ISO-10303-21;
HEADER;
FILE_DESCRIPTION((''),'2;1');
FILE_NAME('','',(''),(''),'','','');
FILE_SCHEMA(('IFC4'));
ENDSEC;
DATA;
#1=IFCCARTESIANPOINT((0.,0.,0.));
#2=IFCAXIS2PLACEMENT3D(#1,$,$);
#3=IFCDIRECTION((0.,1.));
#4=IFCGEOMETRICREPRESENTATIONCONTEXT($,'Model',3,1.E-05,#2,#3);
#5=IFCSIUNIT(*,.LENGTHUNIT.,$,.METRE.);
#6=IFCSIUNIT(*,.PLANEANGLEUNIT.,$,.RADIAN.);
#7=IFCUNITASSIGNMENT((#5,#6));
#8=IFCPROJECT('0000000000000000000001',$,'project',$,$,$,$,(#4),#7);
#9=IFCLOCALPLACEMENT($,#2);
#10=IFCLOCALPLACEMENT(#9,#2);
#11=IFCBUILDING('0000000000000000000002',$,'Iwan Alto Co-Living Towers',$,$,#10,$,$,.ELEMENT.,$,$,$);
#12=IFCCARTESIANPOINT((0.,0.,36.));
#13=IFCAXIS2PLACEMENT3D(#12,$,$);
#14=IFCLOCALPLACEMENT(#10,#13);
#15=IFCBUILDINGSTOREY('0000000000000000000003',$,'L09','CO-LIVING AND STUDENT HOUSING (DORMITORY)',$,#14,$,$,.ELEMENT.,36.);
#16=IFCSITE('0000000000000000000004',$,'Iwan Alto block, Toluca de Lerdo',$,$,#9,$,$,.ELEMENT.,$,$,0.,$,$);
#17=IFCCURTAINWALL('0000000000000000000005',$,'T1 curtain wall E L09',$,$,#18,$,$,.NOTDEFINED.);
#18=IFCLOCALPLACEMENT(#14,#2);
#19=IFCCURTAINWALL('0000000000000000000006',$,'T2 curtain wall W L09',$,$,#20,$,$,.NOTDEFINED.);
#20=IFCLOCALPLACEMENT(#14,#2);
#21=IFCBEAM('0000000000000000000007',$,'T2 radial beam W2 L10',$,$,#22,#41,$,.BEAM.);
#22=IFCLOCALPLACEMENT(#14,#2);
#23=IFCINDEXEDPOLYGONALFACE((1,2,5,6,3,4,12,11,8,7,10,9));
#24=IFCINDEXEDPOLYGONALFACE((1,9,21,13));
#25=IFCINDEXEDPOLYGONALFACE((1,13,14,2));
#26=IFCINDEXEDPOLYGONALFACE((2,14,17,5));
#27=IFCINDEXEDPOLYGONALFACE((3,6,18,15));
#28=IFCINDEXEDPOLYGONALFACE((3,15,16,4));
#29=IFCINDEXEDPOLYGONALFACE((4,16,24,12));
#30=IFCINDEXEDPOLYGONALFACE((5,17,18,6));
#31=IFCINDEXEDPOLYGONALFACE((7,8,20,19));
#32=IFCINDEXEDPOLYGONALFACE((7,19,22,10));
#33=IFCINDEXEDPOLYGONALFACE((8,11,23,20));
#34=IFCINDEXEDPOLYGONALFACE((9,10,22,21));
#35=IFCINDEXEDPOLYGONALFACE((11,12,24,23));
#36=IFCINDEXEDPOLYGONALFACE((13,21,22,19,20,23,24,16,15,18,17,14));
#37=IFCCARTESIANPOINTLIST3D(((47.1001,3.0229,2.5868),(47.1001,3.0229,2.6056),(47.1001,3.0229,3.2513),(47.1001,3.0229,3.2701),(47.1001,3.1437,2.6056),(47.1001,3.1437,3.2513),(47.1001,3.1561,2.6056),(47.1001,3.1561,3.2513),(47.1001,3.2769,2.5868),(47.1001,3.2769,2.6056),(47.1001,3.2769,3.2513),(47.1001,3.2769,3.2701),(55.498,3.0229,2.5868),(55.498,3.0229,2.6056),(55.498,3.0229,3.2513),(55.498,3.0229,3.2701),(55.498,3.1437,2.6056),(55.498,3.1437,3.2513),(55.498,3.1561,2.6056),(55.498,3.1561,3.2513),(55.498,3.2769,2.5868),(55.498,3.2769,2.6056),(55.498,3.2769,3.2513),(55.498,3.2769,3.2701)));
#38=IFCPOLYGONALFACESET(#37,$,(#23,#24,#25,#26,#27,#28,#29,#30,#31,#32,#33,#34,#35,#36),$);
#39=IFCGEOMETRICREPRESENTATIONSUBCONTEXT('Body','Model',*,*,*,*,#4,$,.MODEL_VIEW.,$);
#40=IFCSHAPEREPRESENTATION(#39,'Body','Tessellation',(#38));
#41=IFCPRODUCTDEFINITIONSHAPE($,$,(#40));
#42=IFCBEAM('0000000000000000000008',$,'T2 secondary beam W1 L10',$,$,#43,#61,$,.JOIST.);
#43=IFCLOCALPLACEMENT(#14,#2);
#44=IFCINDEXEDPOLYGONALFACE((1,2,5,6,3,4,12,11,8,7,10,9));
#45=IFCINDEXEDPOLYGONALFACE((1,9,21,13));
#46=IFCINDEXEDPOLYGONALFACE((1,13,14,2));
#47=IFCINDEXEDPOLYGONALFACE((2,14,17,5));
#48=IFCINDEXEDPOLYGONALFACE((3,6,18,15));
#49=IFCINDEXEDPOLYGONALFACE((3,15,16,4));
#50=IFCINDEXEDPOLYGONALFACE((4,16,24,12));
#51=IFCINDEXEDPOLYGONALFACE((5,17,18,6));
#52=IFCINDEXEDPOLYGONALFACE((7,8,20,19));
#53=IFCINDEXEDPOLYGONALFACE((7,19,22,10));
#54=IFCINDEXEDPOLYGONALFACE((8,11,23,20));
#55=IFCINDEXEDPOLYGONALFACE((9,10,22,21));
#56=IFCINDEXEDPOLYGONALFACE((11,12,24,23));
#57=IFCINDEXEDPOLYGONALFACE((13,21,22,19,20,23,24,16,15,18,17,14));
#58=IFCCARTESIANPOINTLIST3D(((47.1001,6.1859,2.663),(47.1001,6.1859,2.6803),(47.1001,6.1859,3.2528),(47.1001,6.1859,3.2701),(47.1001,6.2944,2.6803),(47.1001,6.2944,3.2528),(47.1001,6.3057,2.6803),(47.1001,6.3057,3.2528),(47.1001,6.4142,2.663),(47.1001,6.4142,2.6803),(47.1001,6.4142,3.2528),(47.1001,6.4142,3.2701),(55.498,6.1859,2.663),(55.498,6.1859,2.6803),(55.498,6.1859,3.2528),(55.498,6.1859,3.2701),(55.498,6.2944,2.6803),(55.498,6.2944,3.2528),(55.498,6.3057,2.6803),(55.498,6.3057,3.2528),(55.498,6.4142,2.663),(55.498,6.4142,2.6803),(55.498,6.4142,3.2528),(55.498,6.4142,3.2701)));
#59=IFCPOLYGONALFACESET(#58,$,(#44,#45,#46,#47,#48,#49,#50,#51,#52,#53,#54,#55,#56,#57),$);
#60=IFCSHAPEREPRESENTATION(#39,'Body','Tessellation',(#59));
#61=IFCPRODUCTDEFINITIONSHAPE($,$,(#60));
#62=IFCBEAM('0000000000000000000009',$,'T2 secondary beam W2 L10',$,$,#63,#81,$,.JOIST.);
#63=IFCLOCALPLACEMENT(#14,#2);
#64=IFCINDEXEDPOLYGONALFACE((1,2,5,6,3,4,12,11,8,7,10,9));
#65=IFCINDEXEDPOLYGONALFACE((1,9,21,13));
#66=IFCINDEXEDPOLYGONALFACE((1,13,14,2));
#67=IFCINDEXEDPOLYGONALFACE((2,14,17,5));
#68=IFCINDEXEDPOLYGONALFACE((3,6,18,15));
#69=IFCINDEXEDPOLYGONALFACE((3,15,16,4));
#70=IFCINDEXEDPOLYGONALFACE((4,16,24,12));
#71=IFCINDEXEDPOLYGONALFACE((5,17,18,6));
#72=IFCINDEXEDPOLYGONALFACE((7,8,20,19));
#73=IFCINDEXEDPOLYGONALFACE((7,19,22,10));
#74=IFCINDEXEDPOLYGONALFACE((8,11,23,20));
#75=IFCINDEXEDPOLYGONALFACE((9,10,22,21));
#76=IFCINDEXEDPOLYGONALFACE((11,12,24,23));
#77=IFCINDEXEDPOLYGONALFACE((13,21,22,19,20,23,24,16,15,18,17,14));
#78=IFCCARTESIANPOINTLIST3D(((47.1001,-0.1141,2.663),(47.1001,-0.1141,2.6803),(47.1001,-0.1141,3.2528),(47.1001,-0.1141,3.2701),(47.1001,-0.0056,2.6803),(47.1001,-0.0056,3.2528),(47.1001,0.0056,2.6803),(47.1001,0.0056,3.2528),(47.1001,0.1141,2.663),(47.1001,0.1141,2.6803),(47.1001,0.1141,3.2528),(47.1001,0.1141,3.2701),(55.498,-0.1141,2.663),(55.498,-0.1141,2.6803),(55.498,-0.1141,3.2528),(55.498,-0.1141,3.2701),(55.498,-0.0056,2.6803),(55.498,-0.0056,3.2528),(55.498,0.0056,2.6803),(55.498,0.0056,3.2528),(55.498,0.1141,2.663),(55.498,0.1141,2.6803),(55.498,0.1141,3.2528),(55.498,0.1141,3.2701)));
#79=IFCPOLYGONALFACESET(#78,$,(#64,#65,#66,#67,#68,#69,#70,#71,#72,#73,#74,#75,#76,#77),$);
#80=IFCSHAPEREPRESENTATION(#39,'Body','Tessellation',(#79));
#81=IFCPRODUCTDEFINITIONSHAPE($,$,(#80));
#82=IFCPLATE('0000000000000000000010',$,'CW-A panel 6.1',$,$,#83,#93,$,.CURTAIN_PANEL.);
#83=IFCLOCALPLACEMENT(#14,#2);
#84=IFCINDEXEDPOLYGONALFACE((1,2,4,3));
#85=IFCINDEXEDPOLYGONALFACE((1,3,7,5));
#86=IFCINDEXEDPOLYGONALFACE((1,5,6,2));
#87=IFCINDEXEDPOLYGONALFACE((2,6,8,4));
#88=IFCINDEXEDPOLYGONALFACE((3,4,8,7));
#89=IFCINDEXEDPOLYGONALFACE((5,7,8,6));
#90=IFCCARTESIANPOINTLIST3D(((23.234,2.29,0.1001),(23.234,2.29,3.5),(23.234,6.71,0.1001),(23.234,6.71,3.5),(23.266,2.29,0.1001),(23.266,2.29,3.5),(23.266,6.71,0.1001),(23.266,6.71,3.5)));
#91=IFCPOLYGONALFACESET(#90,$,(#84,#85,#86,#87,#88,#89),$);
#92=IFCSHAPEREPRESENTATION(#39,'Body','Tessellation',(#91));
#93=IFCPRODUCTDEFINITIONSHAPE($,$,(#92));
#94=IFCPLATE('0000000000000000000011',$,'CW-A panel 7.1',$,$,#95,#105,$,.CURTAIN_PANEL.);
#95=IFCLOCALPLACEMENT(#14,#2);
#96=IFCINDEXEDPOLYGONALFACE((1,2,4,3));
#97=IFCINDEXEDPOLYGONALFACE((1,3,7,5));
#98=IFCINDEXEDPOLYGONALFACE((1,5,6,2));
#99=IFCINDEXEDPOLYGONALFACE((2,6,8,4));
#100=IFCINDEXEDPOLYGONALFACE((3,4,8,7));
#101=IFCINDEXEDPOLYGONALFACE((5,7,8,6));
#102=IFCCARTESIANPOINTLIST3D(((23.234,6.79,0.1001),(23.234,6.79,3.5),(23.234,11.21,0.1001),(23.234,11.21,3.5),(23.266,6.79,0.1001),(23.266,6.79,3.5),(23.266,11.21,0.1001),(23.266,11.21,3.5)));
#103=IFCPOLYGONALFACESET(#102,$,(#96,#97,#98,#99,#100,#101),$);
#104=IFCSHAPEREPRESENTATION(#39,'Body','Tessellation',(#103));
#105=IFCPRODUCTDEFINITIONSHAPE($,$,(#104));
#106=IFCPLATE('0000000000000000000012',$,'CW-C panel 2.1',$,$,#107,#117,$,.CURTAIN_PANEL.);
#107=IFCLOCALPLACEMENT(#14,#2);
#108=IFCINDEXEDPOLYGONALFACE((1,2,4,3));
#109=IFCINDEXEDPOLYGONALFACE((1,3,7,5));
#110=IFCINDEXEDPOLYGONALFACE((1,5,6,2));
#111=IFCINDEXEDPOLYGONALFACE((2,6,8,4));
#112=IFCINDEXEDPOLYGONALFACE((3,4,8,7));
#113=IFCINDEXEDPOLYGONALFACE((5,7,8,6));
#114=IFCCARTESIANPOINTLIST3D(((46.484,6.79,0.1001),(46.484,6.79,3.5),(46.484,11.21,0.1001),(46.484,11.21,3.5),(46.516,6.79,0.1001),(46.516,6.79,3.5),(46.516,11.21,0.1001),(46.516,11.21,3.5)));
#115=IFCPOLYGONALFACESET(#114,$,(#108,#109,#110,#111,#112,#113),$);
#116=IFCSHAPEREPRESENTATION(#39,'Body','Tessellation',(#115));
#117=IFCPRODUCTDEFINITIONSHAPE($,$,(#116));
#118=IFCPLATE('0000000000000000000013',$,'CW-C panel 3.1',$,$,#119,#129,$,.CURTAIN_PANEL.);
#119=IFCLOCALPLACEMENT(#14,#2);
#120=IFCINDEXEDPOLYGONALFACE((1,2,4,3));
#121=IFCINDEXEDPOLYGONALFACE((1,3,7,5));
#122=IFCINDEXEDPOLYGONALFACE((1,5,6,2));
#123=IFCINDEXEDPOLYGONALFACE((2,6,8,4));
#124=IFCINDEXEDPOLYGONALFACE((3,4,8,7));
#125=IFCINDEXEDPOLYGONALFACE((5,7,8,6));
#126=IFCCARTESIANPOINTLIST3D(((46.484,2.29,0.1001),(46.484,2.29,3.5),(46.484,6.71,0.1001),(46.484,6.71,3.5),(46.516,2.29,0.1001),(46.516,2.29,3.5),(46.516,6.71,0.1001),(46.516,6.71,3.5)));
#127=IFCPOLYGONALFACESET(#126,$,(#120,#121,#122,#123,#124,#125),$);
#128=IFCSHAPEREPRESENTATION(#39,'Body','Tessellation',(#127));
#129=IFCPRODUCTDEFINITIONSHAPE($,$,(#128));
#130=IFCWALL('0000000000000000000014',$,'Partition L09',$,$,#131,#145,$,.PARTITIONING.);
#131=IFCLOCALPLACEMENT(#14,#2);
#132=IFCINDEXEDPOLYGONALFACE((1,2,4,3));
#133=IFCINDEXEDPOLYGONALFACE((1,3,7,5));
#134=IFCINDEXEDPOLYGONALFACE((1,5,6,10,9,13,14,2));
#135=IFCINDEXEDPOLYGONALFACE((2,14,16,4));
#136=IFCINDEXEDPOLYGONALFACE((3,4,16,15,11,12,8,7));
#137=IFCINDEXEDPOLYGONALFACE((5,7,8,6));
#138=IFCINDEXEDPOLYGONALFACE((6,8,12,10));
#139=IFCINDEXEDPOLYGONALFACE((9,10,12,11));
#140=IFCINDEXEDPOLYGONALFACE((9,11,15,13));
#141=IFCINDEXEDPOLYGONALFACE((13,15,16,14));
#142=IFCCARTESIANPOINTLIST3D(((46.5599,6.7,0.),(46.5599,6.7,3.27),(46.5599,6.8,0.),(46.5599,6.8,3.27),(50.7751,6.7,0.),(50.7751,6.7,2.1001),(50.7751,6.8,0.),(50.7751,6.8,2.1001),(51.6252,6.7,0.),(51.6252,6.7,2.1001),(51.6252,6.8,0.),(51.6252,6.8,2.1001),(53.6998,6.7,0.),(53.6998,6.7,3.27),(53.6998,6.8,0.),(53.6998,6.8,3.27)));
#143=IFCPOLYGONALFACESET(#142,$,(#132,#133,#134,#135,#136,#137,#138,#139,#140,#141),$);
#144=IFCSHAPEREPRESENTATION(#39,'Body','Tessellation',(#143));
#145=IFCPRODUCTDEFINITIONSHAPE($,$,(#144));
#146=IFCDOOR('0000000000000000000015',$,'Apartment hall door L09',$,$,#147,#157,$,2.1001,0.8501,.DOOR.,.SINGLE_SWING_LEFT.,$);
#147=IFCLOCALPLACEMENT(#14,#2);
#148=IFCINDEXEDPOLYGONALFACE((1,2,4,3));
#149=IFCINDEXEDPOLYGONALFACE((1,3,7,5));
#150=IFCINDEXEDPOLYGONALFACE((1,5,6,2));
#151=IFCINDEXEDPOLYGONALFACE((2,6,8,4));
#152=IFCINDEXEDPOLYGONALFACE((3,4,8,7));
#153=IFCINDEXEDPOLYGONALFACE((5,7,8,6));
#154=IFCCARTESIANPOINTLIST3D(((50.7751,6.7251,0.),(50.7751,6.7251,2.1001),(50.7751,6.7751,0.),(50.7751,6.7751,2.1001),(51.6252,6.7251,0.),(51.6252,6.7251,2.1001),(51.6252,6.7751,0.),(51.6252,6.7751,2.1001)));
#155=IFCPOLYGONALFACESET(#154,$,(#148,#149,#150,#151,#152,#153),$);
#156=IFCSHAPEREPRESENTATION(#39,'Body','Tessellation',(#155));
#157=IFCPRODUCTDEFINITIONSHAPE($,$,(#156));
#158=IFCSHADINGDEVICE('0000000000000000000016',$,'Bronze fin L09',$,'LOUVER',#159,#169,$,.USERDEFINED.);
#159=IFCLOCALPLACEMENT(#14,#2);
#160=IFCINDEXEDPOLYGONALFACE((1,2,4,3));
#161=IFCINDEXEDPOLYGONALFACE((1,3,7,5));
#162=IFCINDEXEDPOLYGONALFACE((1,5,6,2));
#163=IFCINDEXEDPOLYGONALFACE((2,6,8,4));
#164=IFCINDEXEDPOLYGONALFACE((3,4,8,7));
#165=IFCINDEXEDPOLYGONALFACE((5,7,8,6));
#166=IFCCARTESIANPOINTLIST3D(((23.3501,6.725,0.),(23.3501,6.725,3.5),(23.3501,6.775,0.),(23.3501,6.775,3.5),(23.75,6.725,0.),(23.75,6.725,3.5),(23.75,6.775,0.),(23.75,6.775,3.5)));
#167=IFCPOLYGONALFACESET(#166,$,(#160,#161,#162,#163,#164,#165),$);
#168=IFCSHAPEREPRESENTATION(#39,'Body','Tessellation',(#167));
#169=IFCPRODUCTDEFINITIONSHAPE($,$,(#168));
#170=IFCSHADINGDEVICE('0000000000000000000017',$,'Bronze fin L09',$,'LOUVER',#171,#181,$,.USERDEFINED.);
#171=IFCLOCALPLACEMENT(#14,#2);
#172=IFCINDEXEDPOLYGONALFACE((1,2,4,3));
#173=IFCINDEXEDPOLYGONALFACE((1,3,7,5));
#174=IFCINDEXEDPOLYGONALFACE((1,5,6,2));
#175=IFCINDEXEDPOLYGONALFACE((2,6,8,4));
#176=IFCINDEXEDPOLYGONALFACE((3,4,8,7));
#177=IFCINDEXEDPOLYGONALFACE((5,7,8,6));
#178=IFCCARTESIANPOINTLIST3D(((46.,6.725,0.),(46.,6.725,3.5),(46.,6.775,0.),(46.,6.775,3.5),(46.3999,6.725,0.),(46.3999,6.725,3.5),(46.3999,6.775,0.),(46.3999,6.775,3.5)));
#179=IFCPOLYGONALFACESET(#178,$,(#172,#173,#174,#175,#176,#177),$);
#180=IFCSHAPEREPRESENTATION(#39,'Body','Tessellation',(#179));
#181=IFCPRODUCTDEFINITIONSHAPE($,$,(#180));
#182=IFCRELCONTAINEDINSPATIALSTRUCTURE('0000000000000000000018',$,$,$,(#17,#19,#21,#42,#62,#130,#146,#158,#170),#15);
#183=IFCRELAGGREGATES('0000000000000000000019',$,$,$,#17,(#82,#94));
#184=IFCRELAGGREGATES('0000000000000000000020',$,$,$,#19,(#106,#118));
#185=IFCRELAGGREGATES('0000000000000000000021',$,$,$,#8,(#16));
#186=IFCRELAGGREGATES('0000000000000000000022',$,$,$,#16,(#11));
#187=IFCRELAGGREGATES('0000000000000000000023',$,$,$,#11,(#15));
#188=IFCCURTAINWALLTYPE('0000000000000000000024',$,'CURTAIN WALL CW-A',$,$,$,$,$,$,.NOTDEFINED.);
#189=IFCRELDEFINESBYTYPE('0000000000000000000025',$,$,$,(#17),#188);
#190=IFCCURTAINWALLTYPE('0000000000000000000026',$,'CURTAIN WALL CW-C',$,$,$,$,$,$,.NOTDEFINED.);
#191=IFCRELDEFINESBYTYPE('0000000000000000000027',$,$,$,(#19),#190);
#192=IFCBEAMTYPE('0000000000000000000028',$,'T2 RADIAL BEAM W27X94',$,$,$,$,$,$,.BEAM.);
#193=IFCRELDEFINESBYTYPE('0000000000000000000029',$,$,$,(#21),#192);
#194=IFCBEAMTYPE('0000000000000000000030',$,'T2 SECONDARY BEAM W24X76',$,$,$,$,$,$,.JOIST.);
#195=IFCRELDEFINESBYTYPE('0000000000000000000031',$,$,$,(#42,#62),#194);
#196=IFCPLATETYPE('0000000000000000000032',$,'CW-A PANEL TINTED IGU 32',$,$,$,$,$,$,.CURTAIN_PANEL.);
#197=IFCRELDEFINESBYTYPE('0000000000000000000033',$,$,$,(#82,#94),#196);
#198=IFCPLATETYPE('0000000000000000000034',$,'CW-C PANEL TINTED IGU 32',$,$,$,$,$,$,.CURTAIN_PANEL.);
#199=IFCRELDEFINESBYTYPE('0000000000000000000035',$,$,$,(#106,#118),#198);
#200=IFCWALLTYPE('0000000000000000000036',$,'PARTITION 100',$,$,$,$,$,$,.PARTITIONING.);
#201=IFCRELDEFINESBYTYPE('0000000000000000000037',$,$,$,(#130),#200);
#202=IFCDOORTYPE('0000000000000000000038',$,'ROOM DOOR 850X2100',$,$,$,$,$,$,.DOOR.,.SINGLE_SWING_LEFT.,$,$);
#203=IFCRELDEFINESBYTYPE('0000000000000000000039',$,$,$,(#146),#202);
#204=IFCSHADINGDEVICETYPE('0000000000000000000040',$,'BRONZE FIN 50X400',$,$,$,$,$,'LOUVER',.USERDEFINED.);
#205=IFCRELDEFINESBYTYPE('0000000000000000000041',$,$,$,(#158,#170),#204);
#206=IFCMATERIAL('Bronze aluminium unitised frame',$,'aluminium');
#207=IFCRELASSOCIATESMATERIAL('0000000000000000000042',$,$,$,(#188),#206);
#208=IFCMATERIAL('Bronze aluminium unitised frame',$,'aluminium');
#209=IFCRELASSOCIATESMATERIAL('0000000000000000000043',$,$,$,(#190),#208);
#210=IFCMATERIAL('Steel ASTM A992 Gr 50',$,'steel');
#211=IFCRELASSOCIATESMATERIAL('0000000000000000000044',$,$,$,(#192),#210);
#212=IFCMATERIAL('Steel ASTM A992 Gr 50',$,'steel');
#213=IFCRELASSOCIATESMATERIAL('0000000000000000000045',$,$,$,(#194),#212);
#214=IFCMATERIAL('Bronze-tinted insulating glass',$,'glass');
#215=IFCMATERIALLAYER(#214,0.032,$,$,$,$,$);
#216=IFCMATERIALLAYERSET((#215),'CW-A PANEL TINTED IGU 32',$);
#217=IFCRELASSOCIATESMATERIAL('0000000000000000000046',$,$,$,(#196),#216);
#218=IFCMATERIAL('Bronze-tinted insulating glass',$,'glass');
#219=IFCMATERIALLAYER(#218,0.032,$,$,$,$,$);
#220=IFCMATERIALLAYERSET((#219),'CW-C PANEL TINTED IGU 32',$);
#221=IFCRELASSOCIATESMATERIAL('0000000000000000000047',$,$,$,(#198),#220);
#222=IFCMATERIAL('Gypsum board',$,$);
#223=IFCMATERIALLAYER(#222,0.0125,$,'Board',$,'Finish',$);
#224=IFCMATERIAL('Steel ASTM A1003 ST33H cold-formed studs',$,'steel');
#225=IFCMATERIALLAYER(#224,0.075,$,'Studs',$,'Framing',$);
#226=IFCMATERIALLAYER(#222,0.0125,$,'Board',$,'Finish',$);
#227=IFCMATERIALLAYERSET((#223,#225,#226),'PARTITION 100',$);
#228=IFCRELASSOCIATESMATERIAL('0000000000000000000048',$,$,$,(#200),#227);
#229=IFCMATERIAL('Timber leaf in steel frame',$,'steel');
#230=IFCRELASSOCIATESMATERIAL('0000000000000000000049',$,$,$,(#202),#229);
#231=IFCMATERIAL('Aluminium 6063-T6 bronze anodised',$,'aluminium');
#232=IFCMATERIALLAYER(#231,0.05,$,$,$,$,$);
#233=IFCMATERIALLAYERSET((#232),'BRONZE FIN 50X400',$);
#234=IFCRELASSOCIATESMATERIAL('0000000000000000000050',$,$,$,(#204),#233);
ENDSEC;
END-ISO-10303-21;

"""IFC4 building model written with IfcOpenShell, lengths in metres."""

from ifc_helpers import new_model, si_unit, direction, frame, frame_2d, origin, origin_2d, place, context, subcontext, project, spatial, rectangle, i_section, extrude, material, layer, layer_set, material_profile, profile_set, type_object, element, fill, aggregate, save


model = new_model("IFC4")

# Units and contexts
model_context = context("Model", 3, precision=1e-05, world=origin(), true_north=direction((0.0, 1.0)))
body_context = subcontext(model_context, "Body", "Model", "MODEL_VIEW")
ifc_project = project(units=[si_unit("LENGTHUNIT", "METRE"), si_unit("PLANEANGLEUNIT", "RADIAN")], contexts=[model_context])

# Site, building, storey
site_placement = place(None, origin())
site = spatial("IfcSite", under=ifc_project, at=site_placement, Name="Iwan Alto block, Toluca de Lerdo", CompositionType="ELEMENT", RefElevation=0.0)
building_placement = place(site_placement, origin())
building = spatial("IfcBuilding", under=site, at=building_placement, Name="Iwan Alto Co-Living Towers", CompositionType="ELEMENT")
storey_placement = place(building_placement, frame((0.0, 0.0, 36.0)))
storey = spatial("IfcBuildingStorey", under=building, at=storey_placement, Name="L09", Description="CO-LIVING AND STUDENT HOUSING (DORMITORY)", CompositionType="ELEMENT", Elevation=36.0)

# Curtain walls
ifc_material_1 = material(Name="Bronze aluminium unitised frame", Category="aluminium")
curtain_wall_type_1 = type_object("IfcCurtainWallType", Name="CURTAIN WALL CW-A", PredefinedType="NOTDEFINED", material=ifc_material_1)
curtain_wall_1_placement = place(storey_placement, origin())
curtain_wall_1 = element("IfcCurtainWall", 1, at=curtain_wall_1_placement, inside=storey, type_object=curtain_wall_type_1, Name="T1 curtain wall E L09", PredefinedType="NOTDEFINED")
ifc_material_2 = material(Name="Bronze aluminium unitised frame", Category="aluminium")
curtain_wall_type_2 = type_object("IfcCurtainWallType", Name="CURTAIN WALL CW-C", PredefinedType="NOTDEFINED", material=ifc_material_2)
curtain_wall_2_placement = place(storey_placement, origin())
curtain_wall_2 = element("IfcCurtainWall", 2, at=curtain_wall_2_placement, inside=storey, type_object=curtain_wall_type_2, Name="T2 curtain wall W L09", PredefinedType="NOTDEFINED")

# Beams
ifc_material_3 = material(Name="Steel ASTM A992 Gr 50", Category="steel")
ifc_material_profile_1 = material_profile(ifc_material_3, i_section(OverallWidth=0.2539, OverallDepth=0.6833, WebThickness=0.0125, FlangeThickness=0.0188, at=origin_2d()), Name="W27X94")
ifc_profile_set_1 = profile_set([ifc_material_profile_1], Name="Steel ASTM A992 Gr 50")
beam_type_1 = type_object("IfcBeamType", Name="T2 RADIAL BEAM W27X94", PredefinedType="BEAM", material=ifc_profile_set_1)
beam_1_placement = place(storey_placement, frame((47.1001, 3.1499, 2.9285), z_axis=(1.0, 0.0, 0.0), x_axis=(0.0, 1.0, 0.0)))
element("IfcBeam", 3, at=beam_1_placement, inside=storey, type_object=beam_type_1, Name="T2 radial beam W2 L10", PredefinedType="BEAM", context=body_context, shape_type="SweptSolid", body=[
    extrude(i_section(OverallWidth=0.2539, OverallDepth=0.6833, WebThickness=0.0125, FlangeThickness=0.0188, at=origin_2d()), origin(), (0.0, 0.0, 1.0), 8.3979),
])
ifc_material_4 = material(Name="Steel ASTM A992 Gr 50", Category="steel")
ifc_material_profile_2 = material_profile(ifc_material_4, i_section(OverallWidth=0.2283, OverallDepth=0.6072, WebThickness=0.0112, FlangeThickness=0.0173, at=origin_2d()), Name="W24X76")
ifc_profile_set_2 = profile_set([ifc_material_profile_2], Name="Steel ASTM A992 Gr 50")
beam_type_2 = type_object("IfcBeamType", Name="T2 SECONDARY BEAM W24X76", PredefinedType="JOIST", material=ifc_profile_set_2)
for number, where, z_axis, x_axis, name in (
    (4, (47.1001, 6.3, 2.9666), (1.0, 0.0, 0.0), (0.0, 1.0, 0.0), "T2 secondary beam W1 L10"),
    (5, (47.1001, 0.0, 2.9666), (1.0, 0.0, 0.0), (0.0, 1.0, 0.0), "T2 secondary beam W2 L10"),
):
    element("IfcBeam", number, at=place(storey_placement, frame(where, z_axis=z_axis, x_axis=x_axis)), inside=storey, type_object=beam_type_2, Name=name, PredefinedType="JOIST", context=body_context, shape_type="SweptSolid", body=[
        extrude(i_section(OverallWidth=0.2283, OverallDepth=0.6072, WebThickness=0.0112, FlangeThickness=0.0173, at=origin_2d()), origin(), (0.0, 0.0, 1.0), 8.3979),
    ])

# Plates
ifc_material_5 = material(Name="Bronze-tinted insulating glass", Category="glass")
ifc_layer_1 = layer(ifc_material_5, 0.032)
ifc_layer_set_1 = layer_set([ifc_layer_1], Name="CW-A PANEL TINTED IGU 32")
plate_type_1 = type_object("IfcPlateType", Name="CW-A PANEL TINTED IGU 32", PredefinedType="CURTAIN_PANEL", material=ifc_layer_set_1)
plate_1_placement = place(storey_placement, frame((23.25, 4.5, 0.1001), z_axis=(0.0, 0.0, 1.0), x_axis=(0.0, 1.0, 0.0)))
plate_1 = element("IfcPlate", 6, at=plate_1_placement, type_object=plate_type_1, Name="CW-A panel 6.1", PredefinedType="CURTAIN_PANEL", context=body_context, shape_type="SweptSolid", body=[
    extrude(rectangle(XDim=4.4199, YDim=0.032, at=origin_2d()), origin(), (0.0, 0.0, 1.0), 3.3999),
])
plate_2_placement = place(storey_placement, frame((23.25, 9.0, 0.1001), z_axis=(0.0, 0.0, 1.0), x_axis=(0.0, 1.0, 0.0)))
plate_2 = element("IfcPlate", 7, at=plate_2_placement, type_object=plate_type_1, Name="CW-A panel 7.1", PredefinedType="CURTAIN_PANEL", context=body_context, shape_type="SweptSolid", body=[
    extrude(rectangle(XDim=4.4199, YDim=0.032, at=origin_2d()), origin(), (0.0, 0.0, 1.0), 3.3999),
])
aggregate(curtain_wall_1, [plate_1, plate_2])
ifc_material_6 = material(Name="Bronze-tinted insulating glass", Category="glass")
ifc_layer_2 = layer(ifc_material_6, 0.032)
ifc_layer_set_2 = layer_set([ifc_layer_2], Name="CW-C PANEL TINTED IGU 32")
plate_type_2 = type_object("IfcPlateType", Name="CW-C PANEL TINTED IGU 32", PredefinedType="CURTAIN_PANEL", material=ifc_layer_set_2)
plate_3_placement = place(storey_placement, frame((46.5, 9.0, 0.1001), z_axis=(0.0, 0.0, 1.0), x_axis=(0.0, -1.0, 0.0)))
plate_3 = element("IfcPlate", 8, at=plate_3_placement, type_object=plate_type_2, Name="CW-C panel 2.1", PredefinedType="CURTAIN_PANEL", context=body_context, shape_type="SweptSolid", body=[
    extrude(rectangle(XDim=4.4199, YDim=0.032, at=origin_2d()), origin(), (0.0, 0.0, 1.0), 3.3999),
])
plate_4_placement = place(storey_placement, frame((46.5, 4.5, 0.1001), z_axis=(0.0, 0.0, 1.0), x_axis=(0.0, -1.0, 0.0)))
plate_4 = element("IfcPlate", 9, at=plate_4_placement, type_object=plate_type_2, Name="CW-C panel 3.1", PredefinedType="CURTAIN_PANEL", context=body_context, shape_type="SweptSolid", body=[
    extrude(rectangle(XDim=4.4199, YDim=0.032, at=origin_2d()), origin(), (0.0, 0.0, 1.0), 3.3999),
])
aggregate(curtain_wall_2, [plate_3, plate_4])

# Wall, opening, door
ifc_material_7 = material(Name="Gypsum board")
ifc_layer_3 = layer(ifc_material_7, 0.0125, Name="Board", Category="Finish")
ifc_material_8 = material(Name="Steel ASTM A1003 ST33H cold-formed studs", Category="steel")
ifc_layer_4 = layer(ifc_material_8, 0.075, Name="Studs", Category="Framing")
ifc_layer_5 = layer(ifc_material_7, 0.0125, Name="Board", Category="Finish")
ifc_layer_set_3 = layer_set([ifc_layer_3, ifc_layer_4, ifc_layer_5], Name="PARTITION 100")
wall_type = type_object("IfcWallType", Name="PARTITION 100", PredefinedType="PARTITIONING", material=ifc_layer_set_3)
wall_placement = place(storey_placement, frame((46.5601, 6.75, 0.0), z_axis=(0.0, 0.0, 1.0), x_axis=(1.0, 0.0, 0.0)))
wall = element("IfcWall", 10, at=wall_placement, inside=storey, type_object=wall_type, Name="Partition L09", PredefinedType="PARTITIONING", context=body_context, shape_type="SweptSolid", body=[
    extrude(rectangle(XDim=7.1399, YDim=0.1001, at=frame_2d((3.5698, 0.0))), origin(), (0.0, 0.0, 1.0), 3.27),
])
opening_placement = place(wall_placement, frame((4.2151, 0.0, 0.0)))
opening = element("IfcOpeningElement", 11, at=opening_placement, cuts=wall, PredefinedType="OPENING", context=body_context, shape_type="SweptSolid", body=[
    extrude(rectangle(XDim=0.8501, YDim=2.1001, at=frame_2d((0.425, 1.05))), frame((0.0, 0.0601, 0.0), z_axis=(0.0, -1.0, 0.0), x_axis=(1.0, 0.0, 0.0)), (0.0, 0.0, 1.0), 0.1201),
])
ifc_material_9 = material(Name="Timber leaf in steel frame", Category="steel")
door_type = type_object("IfcDoorType", Name="ROOM DOOR 850X2100", OperationType="SINGLE_SWING_LEFT", PredefinedType="DOOR", material=ifc_material_9)
door_placement = place(opening_placement, frame((0.8501, 0.0, 0.0), z_axis=(0.0, 0.0, 1.0), x_axis=(-1.0, 0.0, 0.0)))
door = element("IfcDoor", 12, at=door_placement, inside=storey, type_object=door_type, Name="Apartment hall door L09", OperationType="SINGLE_SWING_LEFT", OverallHeight=2.1001, OverallWidth=0.8501, PredefinedType="DOOR", context=body_context, shape_type="SweptSolid", body=[
    extrude(rectangle(XDim=0.8501, YDim=2.1001, at=frame_2d((0.425, 1.05))), frame((0.0, 0.0249, 0.0), z_axis=(0.0, -1.0, 0.0), x_axis=(1.0, 0.0, 0.0)), (0.0, 0.0, 1.0), 0.05),
])
fill(opening, door)

# Shading devices
ifc_material_10 = material(Name="Aluminium 6063-T6 bronze anodised", Category="aluminium")
ifc_layer_6 = layer(ifc_material_10, 0.05)
ifc_layer_set_4 = layer_set([ifc_layer_6], Name="BRONZE FIN 50X400")
shading_device_type = type_object("IfcShadingDeviceType", Name="BRONZE FIN 50X400", ElementType="LOUVER", PredefinedType="USERDEFINED", material=ifc_layer_set_4)
for number, where, z_axis, x_axis, name in (
    (13, (23.55, 6.75, 0.0), (0.0, 0.0, 1.0), (0.0, 1.0, 0.0), "Bronze fin L09"),
    (14, (46.2, 6.75, 0.0), (0.0, 0.0, 1.0), (0.0, -1.0, 0.0), "Bronze fin L09"),
):
    element("IfcShadingDevice", number, at=place(storey_placement, frame(where, z_axis=z_axis, x_axis=x_axis)), inside=storey, type_object=shading_device_type, Name=name, ObjectType="LOUVER", PredefinedType="USERDEFINED", context=body_context, shape_type="SweptSolid", body=[
        extrude(rectangle(XDim=0.05, YDim=0.3999, at=origin_2d()), origin(), (0.0, 0.0, 1.0), 3.5),
    ])

save(model, "model.ifc")
